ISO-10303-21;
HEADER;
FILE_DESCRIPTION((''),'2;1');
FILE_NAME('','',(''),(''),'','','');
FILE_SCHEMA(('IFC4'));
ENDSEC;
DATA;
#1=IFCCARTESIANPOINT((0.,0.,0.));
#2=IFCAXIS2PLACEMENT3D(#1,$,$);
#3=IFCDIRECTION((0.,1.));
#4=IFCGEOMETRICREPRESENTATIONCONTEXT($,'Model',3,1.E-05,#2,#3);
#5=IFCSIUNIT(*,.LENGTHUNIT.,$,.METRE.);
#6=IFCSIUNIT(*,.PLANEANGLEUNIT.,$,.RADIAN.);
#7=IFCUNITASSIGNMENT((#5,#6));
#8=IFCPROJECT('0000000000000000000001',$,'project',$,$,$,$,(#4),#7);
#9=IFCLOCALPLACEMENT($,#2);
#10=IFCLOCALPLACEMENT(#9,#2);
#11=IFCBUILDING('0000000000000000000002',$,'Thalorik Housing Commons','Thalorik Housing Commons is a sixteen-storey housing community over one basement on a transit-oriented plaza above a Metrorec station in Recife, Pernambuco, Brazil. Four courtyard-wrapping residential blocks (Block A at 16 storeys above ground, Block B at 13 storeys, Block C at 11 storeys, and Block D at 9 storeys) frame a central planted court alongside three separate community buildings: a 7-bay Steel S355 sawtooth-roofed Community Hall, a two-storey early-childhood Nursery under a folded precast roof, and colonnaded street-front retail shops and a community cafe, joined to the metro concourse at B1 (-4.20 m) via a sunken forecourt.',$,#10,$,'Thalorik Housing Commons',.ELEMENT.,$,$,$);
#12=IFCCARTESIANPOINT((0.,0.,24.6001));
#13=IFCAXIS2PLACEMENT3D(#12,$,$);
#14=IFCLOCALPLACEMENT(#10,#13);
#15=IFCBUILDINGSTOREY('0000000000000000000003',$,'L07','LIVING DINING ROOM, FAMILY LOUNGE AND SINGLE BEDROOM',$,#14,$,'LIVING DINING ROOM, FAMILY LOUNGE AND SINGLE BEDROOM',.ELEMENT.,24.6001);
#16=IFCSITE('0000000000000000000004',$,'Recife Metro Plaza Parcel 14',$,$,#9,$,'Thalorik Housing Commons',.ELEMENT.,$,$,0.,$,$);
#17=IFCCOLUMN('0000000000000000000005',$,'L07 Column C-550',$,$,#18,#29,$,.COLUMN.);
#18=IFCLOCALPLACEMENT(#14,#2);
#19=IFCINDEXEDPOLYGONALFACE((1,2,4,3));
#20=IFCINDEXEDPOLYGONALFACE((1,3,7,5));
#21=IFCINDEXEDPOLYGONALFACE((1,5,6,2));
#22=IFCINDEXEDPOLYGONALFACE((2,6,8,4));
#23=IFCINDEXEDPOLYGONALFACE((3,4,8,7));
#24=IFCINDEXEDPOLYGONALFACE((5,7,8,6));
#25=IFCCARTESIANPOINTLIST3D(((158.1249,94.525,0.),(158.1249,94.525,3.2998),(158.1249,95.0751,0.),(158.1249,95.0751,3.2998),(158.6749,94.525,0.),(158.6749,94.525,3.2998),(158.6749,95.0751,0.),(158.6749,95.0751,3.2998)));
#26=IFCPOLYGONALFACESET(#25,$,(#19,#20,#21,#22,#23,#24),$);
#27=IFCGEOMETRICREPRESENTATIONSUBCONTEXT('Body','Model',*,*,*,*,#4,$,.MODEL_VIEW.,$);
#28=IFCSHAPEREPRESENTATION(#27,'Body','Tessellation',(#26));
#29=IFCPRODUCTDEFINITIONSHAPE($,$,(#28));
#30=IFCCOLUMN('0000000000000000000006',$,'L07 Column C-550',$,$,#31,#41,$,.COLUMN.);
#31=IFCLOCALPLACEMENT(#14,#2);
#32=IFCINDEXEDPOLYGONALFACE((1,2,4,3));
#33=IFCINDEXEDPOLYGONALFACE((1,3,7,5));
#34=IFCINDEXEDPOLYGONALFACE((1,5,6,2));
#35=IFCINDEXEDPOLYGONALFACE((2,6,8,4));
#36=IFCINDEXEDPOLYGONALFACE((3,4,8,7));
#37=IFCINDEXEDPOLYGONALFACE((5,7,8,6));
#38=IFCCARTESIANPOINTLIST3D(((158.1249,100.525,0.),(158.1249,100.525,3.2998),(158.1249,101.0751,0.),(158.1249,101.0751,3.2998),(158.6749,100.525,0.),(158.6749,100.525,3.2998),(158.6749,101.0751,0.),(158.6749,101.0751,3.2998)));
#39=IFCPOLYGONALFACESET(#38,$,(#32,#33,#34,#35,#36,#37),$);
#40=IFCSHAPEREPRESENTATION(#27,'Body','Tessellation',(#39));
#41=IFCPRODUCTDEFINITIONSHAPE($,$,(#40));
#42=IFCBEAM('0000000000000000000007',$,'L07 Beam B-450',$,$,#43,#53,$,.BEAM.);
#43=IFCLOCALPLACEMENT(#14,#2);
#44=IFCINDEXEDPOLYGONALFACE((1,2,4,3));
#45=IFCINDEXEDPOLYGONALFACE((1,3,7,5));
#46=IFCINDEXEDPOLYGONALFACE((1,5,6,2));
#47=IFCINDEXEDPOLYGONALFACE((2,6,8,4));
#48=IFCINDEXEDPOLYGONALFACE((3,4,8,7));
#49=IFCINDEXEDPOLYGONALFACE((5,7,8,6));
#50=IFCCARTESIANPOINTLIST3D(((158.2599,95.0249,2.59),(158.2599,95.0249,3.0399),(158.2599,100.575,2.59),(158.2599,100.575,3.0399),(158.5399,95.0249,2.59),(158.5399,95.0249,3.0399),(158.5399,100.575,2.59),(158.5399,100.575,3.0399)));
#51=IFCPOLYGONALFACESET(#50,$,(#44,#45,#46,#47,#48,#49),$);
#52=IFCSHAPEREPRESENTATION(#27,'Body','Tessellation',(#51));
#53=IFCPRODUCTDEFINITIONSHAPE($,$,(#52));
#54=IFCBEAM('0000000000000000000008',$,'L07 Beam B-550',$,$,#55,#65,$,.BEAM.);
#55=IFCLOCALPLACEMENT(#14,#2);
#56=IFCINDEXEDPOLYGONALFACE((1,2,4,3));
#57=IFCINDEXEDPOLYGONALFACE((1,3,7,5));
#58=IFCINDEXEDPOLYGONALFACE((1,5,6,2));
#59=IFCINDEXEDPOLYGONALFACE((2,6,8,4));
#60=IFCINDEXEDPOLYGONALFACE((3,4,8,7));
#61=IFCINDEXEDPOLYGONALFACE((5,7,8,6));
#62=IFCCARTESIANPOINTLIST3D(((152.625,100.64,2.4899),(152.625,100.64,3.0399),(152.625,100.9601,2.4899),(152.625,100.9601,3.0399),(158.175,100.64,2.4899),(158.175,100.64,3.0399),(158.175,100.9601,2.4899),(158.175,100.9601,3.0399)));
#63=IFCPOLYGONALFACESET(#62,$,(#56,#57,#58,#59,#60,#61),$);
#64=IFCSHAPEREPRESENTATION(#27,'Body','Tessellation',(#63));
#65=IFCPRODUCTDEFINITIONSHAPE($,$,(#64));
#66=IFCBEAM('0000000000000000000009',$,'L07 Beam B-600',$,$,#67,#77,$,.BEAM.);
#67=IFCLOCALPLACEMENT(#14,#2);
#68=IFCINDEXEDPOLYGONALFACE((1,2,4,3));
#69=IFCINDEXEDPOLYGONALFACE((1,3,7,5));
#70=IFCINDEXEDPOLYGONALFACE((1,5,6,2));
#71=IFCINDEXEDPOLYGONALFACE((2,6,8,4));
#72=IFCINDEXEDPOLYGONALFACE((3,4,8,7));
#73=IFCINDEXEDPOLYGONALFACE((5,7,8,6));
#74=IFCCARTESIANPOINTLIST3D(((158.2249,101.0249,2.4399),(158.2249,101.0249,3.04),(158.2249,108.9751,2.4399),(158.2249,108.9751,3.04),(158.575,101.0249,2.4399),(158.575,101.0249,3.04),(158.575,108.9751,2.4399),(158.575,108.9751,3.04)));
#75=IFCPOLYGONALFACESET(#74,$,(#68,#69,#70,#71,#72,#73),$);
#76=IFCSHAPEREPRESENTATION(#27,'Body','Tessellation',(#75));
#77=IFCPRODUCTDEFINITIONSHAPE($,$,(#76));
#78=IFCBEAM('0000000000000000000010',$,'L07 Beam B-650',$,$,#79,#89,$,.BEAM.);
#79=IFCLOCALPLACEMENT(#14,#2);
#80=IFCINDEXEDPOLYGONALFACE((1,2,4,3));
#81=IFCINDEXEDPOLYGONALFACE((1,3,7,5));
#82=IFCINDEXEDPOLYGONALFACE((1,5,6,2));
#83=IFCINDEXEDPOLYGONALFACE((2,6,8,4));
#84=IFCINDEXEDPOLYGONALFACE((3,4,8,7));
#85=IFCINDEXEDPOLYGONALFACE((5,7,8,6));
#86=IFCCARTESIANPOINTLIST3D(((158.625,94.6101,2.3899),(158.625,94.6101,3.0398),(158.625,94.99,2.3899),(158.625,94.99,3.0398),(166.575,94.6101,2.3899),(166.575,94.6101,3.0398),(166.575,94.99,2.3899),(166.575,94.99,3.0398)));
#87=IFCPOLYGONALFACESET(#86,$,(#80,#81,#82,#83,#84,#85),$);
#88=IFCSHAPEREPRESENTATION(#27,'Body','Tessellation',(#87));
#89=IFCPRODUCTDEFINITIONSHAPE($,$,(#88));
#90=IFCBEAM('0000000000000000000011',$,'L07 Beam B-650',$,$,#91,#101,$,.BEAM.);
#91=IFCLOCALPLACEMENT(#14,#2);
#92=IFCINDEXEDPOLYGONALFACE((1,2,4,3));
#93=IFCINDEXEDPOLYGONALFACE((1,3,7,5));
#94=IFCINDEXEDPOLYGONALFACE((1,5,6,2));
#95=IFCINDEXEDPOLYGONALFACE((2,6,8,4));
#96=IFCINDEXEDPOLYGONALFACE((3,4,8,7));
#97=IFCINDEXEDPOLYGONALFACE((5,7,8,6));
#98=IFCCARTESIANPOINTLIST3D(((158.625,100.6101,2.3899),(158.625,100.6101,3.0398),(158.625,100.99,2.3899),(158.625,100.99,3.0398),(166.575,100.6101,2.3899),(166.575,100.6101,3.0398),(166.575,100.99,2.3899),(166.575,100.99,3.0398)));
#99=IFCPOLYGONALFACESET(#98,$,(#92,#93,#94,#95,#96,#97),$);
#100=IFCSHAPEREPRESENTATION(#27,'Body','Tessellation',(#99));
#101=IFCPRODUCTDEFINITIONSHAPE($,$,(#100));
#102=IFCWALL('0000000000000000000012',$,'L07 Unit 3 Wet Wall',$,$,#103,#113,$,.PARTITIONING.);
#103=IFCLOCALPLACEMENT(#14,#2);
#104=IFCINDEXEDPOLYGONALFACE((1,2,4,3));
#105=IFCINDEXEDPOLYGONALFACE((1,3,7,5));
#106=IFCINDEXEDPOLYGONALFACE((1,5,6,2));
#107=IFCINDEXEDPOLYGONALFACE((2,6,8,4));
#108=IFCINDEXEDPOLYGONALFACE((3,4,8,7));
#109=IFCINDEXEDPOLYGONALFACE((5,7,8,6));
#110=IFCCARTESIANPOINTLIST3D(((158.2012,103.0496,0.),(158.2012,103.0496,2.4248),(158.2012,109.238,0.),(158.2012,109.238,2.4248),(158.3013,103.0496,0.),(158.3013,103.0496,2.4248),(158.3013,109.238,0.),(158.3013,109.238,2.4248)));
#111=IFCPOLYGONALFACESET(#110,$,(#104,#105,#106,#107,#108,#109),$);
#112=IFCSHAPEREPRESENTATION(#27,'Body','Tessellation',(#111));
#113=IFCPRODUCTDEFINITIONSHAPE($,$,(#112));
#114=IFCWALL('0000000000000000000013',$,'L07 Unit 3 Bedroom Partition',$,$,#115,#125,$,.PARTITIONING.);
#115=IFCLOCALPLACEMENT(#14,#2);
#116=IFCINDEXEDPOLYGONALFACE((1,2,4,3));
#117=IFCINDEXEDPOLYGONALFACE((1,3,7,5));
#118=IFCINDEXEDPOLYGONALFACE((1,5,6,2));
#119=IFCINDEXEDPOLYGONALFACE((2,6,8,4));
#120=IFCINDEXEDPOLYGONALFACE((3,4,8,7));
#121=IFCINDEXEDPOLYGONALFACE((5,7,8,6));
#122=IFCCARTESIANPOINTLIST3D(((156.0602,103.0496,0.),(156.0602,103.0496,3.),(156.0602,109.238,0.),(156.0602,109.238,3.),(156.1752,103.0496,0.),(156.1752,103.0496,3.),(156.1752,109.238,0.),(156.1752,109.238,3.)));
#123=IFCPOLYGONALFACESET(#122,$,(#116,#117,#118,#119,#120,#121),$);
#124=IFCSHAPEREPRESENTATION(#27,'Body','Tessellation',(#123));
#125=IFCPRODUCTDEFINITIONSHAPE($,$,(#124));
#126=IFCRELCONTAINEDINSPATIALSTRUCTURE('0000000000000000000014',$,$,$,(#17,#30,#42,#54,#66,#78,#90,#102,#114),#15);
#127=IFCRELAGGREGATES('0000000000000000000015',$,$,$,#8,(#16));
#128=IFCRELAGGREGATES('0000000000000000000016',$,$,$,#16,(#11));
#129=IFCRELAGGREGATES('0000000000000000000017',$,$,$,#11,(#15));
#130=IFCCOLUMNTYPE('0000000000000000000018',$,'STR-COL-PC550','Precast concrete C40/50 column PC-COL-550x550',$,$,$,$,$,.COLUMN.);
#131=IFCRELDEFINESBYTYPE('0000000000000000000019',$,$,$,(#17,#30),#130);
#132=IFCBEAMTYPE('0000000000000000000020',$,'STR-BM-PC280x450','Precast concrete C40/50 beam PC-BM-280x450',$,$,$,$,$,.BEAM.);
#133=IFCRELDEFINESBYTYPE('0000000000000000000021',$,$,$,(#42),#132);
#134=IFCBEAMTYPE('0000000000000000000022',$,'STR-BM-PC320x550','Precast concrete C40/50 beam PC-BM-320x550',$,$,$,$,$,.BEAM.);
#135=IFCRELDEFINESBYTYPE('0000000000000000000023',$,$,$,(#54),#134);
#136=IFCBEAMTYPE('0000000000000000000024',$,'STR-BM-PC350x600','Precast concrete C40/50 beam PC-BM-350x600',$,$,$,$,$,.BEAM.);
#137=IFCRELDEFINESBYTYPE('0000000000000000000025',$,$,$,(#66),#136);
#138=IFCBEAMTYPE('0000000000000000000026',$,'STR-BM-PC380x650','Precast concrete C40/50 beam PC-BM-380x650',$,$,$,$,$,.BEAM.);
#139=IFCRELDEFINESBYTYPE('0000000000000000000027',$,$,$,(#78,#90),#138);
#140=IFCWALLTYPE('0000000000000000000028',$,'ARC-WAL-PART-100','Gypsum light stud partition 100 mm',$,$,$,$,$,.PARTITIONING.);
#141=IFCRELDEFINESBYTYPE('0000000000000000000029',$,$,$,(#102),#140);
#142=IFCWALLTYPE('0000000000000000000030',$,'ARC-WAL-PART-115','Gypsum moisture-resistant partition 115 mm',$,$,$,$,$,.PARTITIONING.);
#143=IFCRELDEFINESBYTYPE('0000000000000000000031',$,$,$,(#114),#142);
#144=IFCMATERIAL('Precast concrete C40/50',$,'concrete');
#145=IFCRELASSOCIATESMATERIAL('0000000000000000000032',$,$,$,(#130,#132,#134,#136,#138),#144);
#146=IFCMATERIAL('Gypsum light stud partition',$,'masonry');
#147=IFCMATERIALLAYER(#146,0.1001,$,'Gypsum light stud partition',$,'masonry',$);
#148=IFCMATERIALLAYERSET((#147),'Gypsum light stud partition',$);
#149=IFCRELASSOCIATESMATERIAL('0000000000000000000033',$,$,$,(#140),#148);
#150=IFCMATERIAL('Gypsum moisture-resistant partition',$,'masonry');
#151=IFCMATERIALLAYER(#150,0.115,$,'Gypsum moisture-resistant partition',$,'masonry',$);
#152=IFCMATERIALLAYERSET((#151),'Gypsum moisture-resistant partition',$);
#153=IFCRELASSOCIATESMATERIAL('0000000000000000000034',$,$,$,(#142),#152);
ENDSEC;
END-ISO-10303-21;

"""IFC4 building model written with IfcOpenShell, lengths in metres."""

from ifc_helpers import new_model, si_unit, direction, frame, frame_2d, origin, origin_2d, place, context, subcontext, project, spatial, rectangle, extrude, material, layer, layer_set, material_profile, profile_set, type_object, element, save


model = new_model("IFC4")

# Units and contexts
model_context = context("Model", 3, precision=1e-05, world=origin(), true_north=direction((0.0, 1.0)))
body_context = subcontext(model_context, "Body", "Model", "MODEL_VIEW")
ifc_project = project(units=[si_unit("LENGTHUNIT", "METRE"), si_unit("PLANEANGLEUNIT", "RADIAN")], contexts=[model_context])

# Site, building, storey
site_placement = place(None, origin())
site = spatial("IfcSite", under=ifc_project, at=site_placement, Name="Recife Metro Plaza Parcel 14", LongName="Thalorik Housing Commons", CompositionType="ELEMENT", RefElevation=0.0)
building_placement = place(site_placement, origin())
building = spatial("IfcBuilding", under=site, at=building_placement, Name="Thalorik Housing Commons", Description="Thalorik Housing Commons is a sixteen-storey housing community over one basement on a transit-oriented plaza above a Metrorec station in Recife, Pernambuco, Brazil. Four courtyard-wrapping residential blocks (Block A at 16 storeys above ground, Block B at 13 storeys, Block C at 11 storeys, and Block D at 9 storeys) frame a central planted court alongside three separate community buildings: a 7-bay Steel S355 sawtooth-roofed Community Hall, a two-storey early-childhood Nursery under a folded precast roof, and colonnaded street-front retail shops and a community cafe, joined to the metro concourse at B1 (-4.20 m) via a sunken forecourt.", LongName="Thalorik Housing Commons", CompositionType="ELEMENT")
storey_placement = place(building_placement, frame((0.0, 0.0, 24.6001)))
storey = spatial("IfcBuildingStorey", under=building, at=storey_placement, Name="L07", Description="LIVING DINING ROOM, FAMILY LOUNGE AND SINGLE BEDROOM", LongName="LIVING DINING ROOM, FAMILY LOUNGE AND SINGLE BEDROOM", CompositionType="ELEMENT", Elevation=24.6001)

# Columns
ifc_material_1 = material(Name="Precast concrete C40/50", Category="concrete")
ifc_material_profile_1 = material_profile(ifc_material_1, rectangle(XDim=0.55, YDim=0.55, at=origin_2d()), Name="PC 550x550", Category="concrete")
ifc_profile_set_1 = profile_set([ifc_material_profile_1], Name="Precast concrete C40/50")
column_type = type_object("IfcColumnType", Name="STR-COL-PC550", Description="Precast concrete C40/50 column PC-COL-550x550", PredefinedType="COLUMN", material=ifc_profile_set_1)
for number, where, z_axis, x_axis, name in (
    (1, (158.3999, 94.8, 0.0), (0.0, 0.0, 1.0), (1.0, 0.0, 0.0), "L07 Column C-550"),
    (2, (158.3999, 100.8, 0.0), (0.0, 0.0, 1.0), (1.0, 0.0, 0.0), "L07 Column C-550"),
):
    element("IfcColumn", number, at=place(storey_placement, frame(where, z_axis=z_axis, x_axis=x_axis)), inside=storey, type_object=column_type, Name=name, PredefinedType="COLUMN", context=body_context, shape_type="SweptSolid", body=[
        extrude(rectangle(XDim=0.55, YDim=0.55, at=origin_2d()), origin(), (0.0, 0.0, 1.0), 3.2998),
    ])

# Beams
ifc_material_profile_2 = material_profile(ifc_material_1, rectangle(XDim=0.28, YDim=0.45, at=origin_2d()), Name="PC 280x450", Category="concrete")
ifc_profile_set_2 = profile_set([ifc_material_profile_2], Name="Precast concrete C40/50")
beam_type_1 = type_object("IfcBeamType", Name="STR-BM-PC280x450", Description="Precast concrete C40/50 beam PC-BM-280x450", PredefinedType="BEAM", material=ifc_profile_set_2)
beam_1_placement = place(storey_placement, frame((158.3999, 95.0249, 2.8149), z_axis=(0.0, 1.0, 0.0), x_axis=(-1.0, 0.0, 0.0)))
element("IfcBeam", 3, at=beam_1_placement, inside=storey, type_object=beam_type_1, Name="L07 Beam B-450", PredefinedType="BEAM", context=body_context, shape_type="SweptSolid", body=[
    extrude(rectangle(XDim=0.28, YDim=0.45, at=origin_2d()), origin(), (0.0, 0.0, 1.0), 5.55),
])
ifc_material_profile_3 = material_profile(ifc_material_1, rectangle(XDim=0.3201, YDim=0.55, at=origin_2d()), Name="PC 320x550", Category="concrete")
ifc_profile_set_3 = profile_set([ifc_material_profile_3], Name="Precast concrete C40/50")
beam_type_2 = type_object("IfcBeamType", Name="STR-BM-PC320x550", Description="Precast concrete C40/50 beam PC-BM-320x550", PredefinedType="BEAM", material=ifc_profile_set_3)
beam_2_placement = place(storey_placement, frame((152.625, 100.8, 2.7649), z_axis=(1.0, 0.0, 0.0), x_axis=(0.0, 1.0, 0.0)))
element("IfcBeam", 4, at=beam_2_placement, inside=storey, type_object=beam_type_2, Name="L07 Beam B-550", PredefinedType="BEAM", context=body_context, shape_type="SweptSolid", body=[
    extrude(rectangle(XDim=0.3201, YDim=0.55, at=origin_2d()), origin(), (0.0, 0.0, 1.0), 5.55),
])
ifc_material_profile_4 = material_profile(ifc_material_1, rectangle(XDim=0.3501, YDim=0.6001, at=origin_2d()), Name="PC 350x600", Category="concrete")
ifc_profile_set_4 = profile_set([ifc_material_profile_4], Name="Precast concrete C40/50")
beam_type_3 = type_object("IfcBeamType", Name="STR-BM-PC350x600", Description="Precast concrete C40/50 beam PC-BM-350x600", PredefinedType="BEAM", material=ifc_profile_set_4)
beam_3_placement = place(storey_placement, frame((158.3999, 101.0249, 2.74), z_axis=(0.0, 1.0, 0.0), x_axis=(-1.0, 0.0, 0.0)))
element("IfcBeam", 5, at=beam_3_placement, inside=storey, type_object=beam_type_3, Name="L07 Beam B-600", PredefinedType="BEAM", context=body_context, shape_type="SweptSolid", body=[
    extrude(rectangle(XDim=0.3501, YDim=0.6001, at=origin_2d()), origin(), (0.0, 0.0, 1.0), 7.9502),
])
ifc_material_profile_5 = material_profile(ifc_material_1, rectangle(XDim=0.3799, YDim=0.6499, at=origin_2d()), Name="PC 380x650", Category="concrete")
ifc_profile_set_5 = profile_set([ifc_material_profile_5], Name="Precast concrete C40/50")
beam_type_4 = type_object("IfcBeamType", Name="STR-BM-PC380x650", Description="Precast concrete C40/50 beam PC-BM-380x650", PredefinedType="BEAM", material=ifc_profile_set_5)
for number, where, z_axis, x_axis, name in (
    (6, (158.625, 94.8, 2.7148), (1.0, 0.0, 0.0), (0.0, 1.0, 0.0), "L07 Beam B-650"),
    (7, (158.625, 100.8, 2.7148), (1.0, 0.0, 0.0), (0.0, 1.0, 0.0), "L07 Beam B-650"),
):
    element("IfcBeam", number, at=place(storey_placement, frame(where, z_axis=z_axis, x_axis=x_axis)), inside=storey, type_object=beam_type_4, Name=name, PredefinedType="BEAM", context=body_context, shape_type="SweptSolid", body=[
        extrude(rectangle(XDim=0.3799, YDim=0.6499, at=origin_2d()), origin(), (0.0, 0.0, 1.0), 7.95),
    ])

# Walls
ifc_material_2 = material(Name="Gypsum light stud partition", Category="masonry")
ifc_layer_1 = layer(ifc_material_2, 0.1001, Name="Gypsum light stud partition", Category="masonry")
ifc_layer_set_1 = layer_set([ifc_layer_1], Name="Gypsum light stud partition")
wall_type_1 = type_object("IfcWallType", Name="ARC-WAL-PART-100", Description="Gypsum light stud partition 100 mm", PredefinedType="PARTITIONING", material=ifc_layer_set_1)
wall_1_placement = place(storey_placement, frame((158.2512, 103.0496, 0.0), z_axis=(0.0, 0.0, 1.0), x_axis=(0.0, 1.0, 0.0)))
element("IfcWall", 8, at=wall_1_placement, inside=storey, type_object=wall_type_1, Name="L07 Unit 3 Wet Wall", PredefinedType="PARTITIONING", context=body_context, shape_type="SweptSolid", body=[
    extrude(rectangle(XDim=6.1885, YDim=0.1001, at=frame_2d((3.0942, 0.0))), origin(), (0.0, 0.0, 1.0), 2.4248),
])
ifc_material_3 = material(Name="Gypsum moisture-resistant partition", Category="masonry")
ifc_layer_2 = layer(ifc_material_3, 0.115, Name="Gypsum moisture-resistant partition", Category="masonry")
ifc_layer_set_2 = layer_set([ifc_layer_2], Name="Gypsum moisture-resistant partition")
wall_type_2 = type_object("IfcWallType", Name="ARC-WAL-PART-115", Description="Gypsum moisture-resistant partition 115 mm", PredefinedType="PARTITIONING", material=ifc_layer_set_2)
wall_2_placement = place(storey_placement, frame((156.1177, 103.0496, 0.0), z_axis=(0.0, 0.0, 1.0), x_axis=(0.0, 1.0, 0.0)))
element("IfcWall", 9, at=wall_2_placement, inside=storey, type_object=wall_type_2, Name="L07 Unit 3 Bedroom Partition", PredefinedType="PARTITIONING", context=body_context, shape_type="SweptSolid", body=[
    extrude(rectangle(XDim=6.1885, YDim=0.115, at=frame_2d((3.0942, 0.0))), origin(), (0.0, 0.0, 1.0), 3.0),
])

save(model, "model.ifc")
